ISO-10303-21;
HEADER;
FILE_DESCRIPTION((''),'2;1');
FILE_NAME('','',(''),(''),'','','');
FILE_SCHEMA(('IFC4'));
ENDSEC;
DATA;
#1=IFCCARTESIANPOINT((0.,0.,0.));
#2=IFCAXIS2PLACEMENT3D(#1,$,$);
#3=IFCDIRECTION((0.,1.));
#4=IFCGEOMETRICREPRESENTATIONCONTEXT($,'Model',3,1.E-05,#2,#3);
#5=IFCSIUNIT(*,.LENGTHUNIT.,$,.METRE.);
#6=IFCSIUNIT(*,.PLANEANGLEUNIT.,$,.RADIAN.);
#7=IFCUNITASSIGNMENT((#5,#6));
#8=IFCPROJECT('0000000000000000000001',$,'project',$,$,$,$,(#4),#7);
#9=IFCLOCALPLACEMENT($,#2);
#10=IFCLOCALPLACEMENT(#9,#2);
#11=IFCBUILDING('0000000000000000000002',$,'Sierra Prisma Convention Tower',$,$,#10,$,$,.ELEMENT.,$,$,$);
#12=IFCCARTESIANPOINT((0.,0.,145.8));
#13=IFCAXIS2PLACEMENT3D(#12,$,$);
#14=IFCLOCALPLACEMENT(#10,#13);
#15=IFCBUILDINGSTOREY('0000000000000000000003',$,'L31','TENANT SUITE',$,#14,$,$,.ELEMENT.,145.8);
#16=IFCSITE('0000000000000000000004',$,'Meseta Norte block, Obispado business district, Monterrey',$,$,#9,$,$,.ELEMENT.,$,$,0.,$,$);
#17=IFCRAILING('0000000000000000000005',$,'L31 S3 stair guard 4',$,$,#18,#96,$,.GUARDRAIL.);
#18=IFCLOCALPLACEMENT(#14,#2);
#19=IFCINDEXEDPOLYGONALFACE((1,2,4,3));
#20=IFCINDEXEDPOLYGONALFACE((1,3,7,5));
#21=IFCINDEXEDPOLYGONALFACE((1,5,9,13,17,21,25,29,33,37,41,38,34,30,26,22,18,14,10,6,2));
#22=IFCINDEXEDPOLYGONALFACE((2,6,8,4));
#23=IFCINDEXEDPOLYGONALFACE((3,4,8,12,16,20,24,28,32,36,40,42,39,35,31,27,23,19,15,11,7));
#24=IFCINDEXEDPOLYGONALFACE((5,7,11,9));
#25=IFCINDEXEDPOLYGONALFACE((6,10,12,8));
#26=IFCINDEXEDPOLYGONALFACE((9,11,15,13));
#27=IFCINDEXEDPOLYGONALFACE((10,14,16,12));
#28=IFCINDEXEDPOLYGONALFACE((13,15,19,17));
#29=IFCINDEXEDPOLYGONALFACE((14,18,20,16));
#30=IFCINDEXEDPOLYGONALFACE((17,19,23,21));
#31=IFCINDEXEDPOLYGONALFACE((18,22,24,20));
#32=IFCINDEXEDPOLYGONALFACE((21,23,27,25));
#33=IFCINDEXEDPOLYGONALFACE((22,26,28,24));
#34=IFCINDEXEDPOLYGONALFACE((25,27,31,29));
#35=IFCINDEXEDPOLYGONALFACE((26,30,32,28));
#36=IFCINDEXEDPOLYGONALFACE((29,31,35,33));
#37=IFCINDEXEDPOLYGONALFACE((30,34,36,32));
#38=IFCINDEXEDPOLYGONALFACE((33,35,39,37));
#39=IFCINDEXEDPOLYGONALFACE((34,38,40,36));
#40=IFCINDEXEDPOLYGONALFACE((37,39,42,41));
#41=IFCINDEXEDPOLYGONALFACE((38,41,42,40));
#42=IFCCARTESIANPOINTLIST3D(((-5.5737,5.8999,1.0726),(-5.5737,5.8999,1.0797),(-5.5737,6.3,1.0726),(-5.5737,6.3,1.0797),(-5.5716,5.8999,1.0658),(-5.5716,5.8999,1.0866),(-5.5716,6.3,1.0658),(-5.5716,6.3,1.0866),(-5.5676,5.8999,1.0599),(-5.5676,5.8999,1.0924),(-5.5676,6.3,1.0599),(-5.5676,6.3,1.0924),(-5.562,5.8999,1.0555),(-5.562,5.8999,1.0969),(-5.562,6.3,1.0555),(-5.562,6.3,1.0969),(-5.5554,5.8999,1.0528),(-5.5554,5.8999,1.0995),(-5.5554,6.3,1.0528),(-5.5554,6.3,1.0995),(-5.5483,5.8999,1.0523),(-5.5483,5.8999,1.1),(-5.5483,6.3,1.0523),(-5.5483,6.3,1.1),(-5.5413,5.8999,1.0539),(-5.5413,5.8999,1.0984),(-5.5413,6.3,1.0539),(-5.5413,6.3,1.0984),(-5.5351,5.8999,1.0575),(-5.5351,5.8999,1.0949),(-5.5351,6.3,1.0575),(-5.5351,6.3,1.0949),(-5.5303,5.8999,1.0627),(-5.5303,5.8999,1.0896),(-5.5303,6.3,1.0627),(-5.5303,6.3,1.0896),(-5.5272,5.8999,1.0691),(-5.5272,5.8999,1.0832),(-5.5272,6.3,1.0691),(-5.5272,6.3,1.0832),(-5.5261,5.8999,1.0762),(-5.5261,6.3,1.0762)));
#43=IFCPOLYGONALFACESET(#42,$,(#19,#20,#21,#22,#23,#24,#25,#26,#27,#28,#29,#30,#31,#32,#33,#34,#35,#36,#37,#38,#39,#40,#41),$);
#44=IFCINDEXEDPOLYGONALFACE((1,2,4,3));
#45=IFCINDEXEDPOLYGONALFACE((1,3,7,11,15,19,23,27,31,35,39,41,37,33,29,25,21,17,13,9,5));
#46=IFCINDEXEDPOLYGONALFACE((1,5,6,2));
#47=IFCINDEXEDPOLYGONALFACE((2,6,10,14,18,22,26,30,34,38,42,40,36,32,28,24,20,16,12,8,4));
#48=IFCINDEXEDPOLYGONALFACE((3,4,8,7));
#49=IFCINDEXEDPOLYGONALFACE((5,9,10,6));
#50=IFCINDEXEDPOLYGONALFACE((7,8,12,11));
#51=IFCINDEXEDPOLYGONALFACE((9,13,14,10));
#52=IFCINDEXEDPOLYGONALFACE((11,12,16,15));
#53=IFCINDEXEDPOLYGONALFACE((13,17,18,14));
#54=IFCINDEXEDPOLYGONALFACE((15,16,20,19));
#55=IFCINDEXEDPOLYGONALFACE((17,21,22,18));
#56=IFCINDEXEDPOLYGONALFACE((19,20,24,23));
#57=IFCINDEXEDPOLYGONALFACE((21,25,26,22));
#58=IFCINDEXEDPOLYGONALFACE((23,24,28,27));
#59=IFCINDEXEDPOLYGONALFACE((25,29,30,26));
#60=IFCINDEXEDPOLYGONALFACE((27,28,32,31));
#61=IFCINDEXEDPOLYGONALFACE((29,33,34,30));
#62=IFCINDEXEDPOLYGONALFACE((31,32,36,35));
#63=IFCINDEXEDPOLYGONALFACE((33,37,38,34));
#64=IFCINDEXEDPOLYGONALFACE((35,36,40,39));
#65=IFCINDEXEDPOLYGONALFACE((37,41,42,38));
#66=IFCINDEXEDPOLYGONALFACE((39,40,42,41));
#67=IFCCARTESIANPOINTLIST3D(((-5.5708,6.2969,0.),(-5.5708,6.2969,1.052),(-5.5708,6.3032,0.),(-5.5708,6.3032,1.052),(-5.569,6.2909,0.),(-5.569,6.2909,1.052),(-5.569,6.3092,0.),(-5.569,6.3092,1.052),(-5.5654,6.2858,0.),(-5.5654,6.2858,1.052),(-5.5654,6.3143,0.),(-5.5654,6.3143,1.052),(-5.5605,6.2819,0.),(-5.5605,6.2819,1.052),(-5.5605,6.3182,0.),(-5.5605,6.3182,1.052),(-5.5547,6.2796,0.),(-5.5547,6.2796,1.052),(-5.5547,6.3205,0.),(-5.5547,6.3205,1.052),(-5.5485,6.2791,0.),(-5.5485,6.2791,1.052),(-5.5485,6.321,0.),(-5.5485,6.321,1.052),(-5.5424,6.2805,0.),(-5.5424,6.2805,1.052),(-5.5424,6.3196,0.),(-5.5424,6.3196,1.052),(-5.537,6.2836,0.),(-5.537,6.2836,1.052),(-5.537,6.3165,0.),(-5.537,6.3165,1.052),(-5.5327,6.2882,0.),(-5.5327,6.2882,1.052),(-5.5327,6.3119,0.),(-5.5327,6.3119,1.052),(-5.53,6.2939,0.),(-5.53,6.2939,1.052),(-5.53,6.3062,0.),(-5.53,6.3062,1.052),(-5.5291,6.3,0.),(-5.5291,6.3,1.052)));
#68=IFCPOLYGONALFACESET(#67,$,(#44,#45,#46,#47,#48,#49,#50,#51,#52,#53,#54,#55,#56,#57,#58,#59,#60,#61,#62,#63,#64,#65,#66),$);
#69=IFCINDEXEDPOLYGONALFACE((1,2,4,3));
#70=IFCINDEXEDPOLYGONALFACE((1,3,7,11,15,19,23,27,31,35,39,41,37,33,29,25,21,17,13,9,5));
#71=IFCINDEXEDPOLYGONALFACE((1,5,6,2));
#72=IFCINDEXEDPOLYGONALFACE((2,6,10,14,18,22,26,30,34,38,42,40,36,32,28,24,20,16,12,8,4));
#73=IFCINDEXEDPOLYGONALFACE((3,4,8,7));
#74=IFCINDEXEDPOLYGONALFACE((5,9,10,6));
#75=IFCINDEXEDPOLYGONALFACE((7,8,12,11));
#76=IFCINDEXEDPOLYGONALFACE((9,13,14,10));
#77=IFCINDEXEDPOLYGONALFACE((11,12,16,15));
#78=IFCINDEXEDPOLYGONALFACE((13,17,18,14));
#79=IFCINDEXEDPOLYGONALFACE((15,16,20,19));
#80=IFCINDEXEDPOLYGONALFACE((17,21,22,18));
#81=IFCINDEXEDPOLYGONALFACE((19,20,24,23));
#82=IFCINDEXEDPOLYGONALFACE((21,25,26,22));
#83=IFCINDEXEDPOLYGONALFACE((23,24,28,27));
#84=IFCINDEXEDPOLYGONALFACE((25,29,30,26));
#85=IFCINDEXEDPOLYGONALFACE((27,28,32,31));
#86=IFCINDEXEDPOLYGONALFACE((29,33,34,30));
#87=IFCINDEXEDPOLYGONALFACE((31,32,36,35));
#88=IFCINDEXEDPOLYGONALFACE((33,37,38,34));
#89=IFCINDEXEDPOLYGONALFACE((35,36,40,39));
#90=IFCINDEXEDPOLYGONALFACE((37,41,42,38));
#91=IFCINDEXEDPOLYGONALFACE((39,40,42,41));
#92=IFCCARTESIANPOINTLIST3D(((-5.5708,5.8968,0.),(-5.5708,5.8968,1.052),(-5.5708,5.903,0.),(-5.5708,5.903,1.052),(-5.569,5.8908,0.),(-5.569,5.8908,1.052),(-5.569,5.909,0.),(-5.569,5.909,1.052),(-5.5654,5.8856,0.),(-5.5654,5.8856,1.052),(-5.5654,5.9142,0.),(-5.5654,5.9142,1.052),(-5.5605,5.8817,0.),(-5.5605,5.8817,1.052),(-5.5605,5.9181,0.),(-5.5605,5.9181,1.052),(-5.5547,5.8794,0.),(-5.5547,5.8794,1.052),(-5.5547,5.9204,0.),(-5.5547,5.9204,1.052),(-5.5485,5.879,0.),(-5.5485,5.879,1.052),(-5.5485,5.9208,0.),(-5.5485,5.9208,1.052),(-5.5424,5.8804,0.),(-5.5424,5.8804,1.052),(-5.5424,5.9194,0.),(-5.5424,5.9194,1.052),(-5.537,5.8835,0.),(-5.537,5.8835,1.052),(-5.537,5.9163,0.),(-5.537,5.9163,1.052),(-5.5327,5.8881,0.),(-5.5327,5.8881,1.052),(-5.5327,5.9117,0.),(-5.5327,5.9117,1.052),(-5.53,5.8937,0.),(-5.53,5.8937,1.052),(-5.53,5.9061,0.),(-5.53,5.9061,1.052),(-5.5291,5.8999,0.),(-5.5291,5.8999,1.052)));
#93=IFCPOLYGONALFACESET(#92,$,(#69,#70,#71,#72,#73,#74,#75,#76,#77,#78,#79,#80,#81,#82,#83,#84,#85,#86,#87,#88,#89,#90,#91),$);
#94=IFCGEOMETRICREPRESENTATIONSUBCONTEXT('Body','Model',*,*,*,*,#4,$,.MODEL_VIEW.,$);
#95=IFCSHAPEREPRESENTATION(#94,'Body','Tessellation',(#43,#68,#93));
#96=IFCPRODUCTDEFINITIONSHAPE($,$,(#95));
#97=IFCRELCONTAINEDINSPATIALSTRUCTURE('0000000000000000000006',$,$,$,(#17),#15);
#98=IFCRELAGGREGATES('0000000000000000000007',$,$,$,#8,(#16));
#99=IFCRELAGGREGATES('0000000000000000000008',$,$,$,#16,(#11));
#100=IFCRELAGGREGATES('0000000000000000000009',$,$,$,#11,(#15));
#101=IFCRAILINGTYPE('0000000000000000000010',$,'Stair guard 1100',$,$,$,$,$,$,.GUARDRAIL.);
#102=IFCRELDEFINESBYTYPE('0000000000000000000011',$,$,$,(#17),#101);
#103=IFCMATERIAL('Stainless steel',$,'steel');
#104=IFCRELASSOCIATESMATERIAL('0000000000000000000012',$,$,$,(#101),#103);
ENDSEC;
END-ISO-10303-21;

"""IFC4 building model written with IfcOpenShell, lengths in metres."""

from ifc_helpers import new_model, si_unit, direction, frame, origin, origin_2d, place, context, subcontext, project, spatial, circle, extrude, material, type_object, element, save


model = new_model("IFC4")

# Units and contexts
model_context = context("Model", 3, precision=1e-05, world=origin(), true_north=direction((0.0, 1.0)))
body_context = subcontext(model_context, "Body", "Model", "MODEL_VIEW")
ifc_project = project(units=[si_unit("LENGTHUNIT", "METRE"), si_unit("PLANEANGLEUNIT", "RADIAN")], contexts=[model_context])

# Site, building, storey
site_placement = place(None, origin())
site = spatial("IfcSite", under=ifc_project, at=site_placement, Name="Meseta Norte block, Obispado business district, Monterrey", CompositionType="ELEMENT", RefElevation=0.0)
building_placement = place(site_placement, origin())
building = spatial("IfcBuilding", under=site, at=building_placement, Name="Sierra Prisma Convention Tower", CompositionType="ELEMENT")
storey_placement = place(building_placement, frame((0.0, 0.0, 145.8)))
storey = spatial("IfcBuildingStorey", under=building, at=storey_placement, Name="L31", Description="TENANT SUITE", CompositionType="ELEMENT", Elevation=145.8)

# Railing
ifc_material_1 = material(Name="Stainless steel", Category="steel")
railing_type_1 = type_object("IfcRailingType", Name="Stair guard 1100", PredefinedType="GUARDRAIL", material=ifc_material_1)
railing_1_placement = place(storey_placement, frame((-5.55, 6.3, 0.0)))
element("IfcRailing", 1, at=railing_1_placement, inside=storey, type_object=railing_type_1, Name="L31 S3 stair guard 4", PredefinedType="GUARDRAIL", context=body_context, shape_type="SweptSolid", body=[
    extrude(circle(Radius=0.0239, at=origin_2d()), frame((0.0, 0.0, 1.0762), z_axis=(0.0, -1.0, 0.0), x_axis=(1.0, 0.0, 0.0)), (0.0, 0.0, 1.0), 0.4001),
    extrude(circle(Radius=0.021, at=origin_2d()), origin(), (0.0, 0.0, 1.0), 1.052),
    extrude(circle(Radius=0.021, at=origin_2d()), frame((0.0, -0.4001, 0.0)), (0.0, 0.0, 1.0), 1.052),
])

save(model, "model.ifc")
